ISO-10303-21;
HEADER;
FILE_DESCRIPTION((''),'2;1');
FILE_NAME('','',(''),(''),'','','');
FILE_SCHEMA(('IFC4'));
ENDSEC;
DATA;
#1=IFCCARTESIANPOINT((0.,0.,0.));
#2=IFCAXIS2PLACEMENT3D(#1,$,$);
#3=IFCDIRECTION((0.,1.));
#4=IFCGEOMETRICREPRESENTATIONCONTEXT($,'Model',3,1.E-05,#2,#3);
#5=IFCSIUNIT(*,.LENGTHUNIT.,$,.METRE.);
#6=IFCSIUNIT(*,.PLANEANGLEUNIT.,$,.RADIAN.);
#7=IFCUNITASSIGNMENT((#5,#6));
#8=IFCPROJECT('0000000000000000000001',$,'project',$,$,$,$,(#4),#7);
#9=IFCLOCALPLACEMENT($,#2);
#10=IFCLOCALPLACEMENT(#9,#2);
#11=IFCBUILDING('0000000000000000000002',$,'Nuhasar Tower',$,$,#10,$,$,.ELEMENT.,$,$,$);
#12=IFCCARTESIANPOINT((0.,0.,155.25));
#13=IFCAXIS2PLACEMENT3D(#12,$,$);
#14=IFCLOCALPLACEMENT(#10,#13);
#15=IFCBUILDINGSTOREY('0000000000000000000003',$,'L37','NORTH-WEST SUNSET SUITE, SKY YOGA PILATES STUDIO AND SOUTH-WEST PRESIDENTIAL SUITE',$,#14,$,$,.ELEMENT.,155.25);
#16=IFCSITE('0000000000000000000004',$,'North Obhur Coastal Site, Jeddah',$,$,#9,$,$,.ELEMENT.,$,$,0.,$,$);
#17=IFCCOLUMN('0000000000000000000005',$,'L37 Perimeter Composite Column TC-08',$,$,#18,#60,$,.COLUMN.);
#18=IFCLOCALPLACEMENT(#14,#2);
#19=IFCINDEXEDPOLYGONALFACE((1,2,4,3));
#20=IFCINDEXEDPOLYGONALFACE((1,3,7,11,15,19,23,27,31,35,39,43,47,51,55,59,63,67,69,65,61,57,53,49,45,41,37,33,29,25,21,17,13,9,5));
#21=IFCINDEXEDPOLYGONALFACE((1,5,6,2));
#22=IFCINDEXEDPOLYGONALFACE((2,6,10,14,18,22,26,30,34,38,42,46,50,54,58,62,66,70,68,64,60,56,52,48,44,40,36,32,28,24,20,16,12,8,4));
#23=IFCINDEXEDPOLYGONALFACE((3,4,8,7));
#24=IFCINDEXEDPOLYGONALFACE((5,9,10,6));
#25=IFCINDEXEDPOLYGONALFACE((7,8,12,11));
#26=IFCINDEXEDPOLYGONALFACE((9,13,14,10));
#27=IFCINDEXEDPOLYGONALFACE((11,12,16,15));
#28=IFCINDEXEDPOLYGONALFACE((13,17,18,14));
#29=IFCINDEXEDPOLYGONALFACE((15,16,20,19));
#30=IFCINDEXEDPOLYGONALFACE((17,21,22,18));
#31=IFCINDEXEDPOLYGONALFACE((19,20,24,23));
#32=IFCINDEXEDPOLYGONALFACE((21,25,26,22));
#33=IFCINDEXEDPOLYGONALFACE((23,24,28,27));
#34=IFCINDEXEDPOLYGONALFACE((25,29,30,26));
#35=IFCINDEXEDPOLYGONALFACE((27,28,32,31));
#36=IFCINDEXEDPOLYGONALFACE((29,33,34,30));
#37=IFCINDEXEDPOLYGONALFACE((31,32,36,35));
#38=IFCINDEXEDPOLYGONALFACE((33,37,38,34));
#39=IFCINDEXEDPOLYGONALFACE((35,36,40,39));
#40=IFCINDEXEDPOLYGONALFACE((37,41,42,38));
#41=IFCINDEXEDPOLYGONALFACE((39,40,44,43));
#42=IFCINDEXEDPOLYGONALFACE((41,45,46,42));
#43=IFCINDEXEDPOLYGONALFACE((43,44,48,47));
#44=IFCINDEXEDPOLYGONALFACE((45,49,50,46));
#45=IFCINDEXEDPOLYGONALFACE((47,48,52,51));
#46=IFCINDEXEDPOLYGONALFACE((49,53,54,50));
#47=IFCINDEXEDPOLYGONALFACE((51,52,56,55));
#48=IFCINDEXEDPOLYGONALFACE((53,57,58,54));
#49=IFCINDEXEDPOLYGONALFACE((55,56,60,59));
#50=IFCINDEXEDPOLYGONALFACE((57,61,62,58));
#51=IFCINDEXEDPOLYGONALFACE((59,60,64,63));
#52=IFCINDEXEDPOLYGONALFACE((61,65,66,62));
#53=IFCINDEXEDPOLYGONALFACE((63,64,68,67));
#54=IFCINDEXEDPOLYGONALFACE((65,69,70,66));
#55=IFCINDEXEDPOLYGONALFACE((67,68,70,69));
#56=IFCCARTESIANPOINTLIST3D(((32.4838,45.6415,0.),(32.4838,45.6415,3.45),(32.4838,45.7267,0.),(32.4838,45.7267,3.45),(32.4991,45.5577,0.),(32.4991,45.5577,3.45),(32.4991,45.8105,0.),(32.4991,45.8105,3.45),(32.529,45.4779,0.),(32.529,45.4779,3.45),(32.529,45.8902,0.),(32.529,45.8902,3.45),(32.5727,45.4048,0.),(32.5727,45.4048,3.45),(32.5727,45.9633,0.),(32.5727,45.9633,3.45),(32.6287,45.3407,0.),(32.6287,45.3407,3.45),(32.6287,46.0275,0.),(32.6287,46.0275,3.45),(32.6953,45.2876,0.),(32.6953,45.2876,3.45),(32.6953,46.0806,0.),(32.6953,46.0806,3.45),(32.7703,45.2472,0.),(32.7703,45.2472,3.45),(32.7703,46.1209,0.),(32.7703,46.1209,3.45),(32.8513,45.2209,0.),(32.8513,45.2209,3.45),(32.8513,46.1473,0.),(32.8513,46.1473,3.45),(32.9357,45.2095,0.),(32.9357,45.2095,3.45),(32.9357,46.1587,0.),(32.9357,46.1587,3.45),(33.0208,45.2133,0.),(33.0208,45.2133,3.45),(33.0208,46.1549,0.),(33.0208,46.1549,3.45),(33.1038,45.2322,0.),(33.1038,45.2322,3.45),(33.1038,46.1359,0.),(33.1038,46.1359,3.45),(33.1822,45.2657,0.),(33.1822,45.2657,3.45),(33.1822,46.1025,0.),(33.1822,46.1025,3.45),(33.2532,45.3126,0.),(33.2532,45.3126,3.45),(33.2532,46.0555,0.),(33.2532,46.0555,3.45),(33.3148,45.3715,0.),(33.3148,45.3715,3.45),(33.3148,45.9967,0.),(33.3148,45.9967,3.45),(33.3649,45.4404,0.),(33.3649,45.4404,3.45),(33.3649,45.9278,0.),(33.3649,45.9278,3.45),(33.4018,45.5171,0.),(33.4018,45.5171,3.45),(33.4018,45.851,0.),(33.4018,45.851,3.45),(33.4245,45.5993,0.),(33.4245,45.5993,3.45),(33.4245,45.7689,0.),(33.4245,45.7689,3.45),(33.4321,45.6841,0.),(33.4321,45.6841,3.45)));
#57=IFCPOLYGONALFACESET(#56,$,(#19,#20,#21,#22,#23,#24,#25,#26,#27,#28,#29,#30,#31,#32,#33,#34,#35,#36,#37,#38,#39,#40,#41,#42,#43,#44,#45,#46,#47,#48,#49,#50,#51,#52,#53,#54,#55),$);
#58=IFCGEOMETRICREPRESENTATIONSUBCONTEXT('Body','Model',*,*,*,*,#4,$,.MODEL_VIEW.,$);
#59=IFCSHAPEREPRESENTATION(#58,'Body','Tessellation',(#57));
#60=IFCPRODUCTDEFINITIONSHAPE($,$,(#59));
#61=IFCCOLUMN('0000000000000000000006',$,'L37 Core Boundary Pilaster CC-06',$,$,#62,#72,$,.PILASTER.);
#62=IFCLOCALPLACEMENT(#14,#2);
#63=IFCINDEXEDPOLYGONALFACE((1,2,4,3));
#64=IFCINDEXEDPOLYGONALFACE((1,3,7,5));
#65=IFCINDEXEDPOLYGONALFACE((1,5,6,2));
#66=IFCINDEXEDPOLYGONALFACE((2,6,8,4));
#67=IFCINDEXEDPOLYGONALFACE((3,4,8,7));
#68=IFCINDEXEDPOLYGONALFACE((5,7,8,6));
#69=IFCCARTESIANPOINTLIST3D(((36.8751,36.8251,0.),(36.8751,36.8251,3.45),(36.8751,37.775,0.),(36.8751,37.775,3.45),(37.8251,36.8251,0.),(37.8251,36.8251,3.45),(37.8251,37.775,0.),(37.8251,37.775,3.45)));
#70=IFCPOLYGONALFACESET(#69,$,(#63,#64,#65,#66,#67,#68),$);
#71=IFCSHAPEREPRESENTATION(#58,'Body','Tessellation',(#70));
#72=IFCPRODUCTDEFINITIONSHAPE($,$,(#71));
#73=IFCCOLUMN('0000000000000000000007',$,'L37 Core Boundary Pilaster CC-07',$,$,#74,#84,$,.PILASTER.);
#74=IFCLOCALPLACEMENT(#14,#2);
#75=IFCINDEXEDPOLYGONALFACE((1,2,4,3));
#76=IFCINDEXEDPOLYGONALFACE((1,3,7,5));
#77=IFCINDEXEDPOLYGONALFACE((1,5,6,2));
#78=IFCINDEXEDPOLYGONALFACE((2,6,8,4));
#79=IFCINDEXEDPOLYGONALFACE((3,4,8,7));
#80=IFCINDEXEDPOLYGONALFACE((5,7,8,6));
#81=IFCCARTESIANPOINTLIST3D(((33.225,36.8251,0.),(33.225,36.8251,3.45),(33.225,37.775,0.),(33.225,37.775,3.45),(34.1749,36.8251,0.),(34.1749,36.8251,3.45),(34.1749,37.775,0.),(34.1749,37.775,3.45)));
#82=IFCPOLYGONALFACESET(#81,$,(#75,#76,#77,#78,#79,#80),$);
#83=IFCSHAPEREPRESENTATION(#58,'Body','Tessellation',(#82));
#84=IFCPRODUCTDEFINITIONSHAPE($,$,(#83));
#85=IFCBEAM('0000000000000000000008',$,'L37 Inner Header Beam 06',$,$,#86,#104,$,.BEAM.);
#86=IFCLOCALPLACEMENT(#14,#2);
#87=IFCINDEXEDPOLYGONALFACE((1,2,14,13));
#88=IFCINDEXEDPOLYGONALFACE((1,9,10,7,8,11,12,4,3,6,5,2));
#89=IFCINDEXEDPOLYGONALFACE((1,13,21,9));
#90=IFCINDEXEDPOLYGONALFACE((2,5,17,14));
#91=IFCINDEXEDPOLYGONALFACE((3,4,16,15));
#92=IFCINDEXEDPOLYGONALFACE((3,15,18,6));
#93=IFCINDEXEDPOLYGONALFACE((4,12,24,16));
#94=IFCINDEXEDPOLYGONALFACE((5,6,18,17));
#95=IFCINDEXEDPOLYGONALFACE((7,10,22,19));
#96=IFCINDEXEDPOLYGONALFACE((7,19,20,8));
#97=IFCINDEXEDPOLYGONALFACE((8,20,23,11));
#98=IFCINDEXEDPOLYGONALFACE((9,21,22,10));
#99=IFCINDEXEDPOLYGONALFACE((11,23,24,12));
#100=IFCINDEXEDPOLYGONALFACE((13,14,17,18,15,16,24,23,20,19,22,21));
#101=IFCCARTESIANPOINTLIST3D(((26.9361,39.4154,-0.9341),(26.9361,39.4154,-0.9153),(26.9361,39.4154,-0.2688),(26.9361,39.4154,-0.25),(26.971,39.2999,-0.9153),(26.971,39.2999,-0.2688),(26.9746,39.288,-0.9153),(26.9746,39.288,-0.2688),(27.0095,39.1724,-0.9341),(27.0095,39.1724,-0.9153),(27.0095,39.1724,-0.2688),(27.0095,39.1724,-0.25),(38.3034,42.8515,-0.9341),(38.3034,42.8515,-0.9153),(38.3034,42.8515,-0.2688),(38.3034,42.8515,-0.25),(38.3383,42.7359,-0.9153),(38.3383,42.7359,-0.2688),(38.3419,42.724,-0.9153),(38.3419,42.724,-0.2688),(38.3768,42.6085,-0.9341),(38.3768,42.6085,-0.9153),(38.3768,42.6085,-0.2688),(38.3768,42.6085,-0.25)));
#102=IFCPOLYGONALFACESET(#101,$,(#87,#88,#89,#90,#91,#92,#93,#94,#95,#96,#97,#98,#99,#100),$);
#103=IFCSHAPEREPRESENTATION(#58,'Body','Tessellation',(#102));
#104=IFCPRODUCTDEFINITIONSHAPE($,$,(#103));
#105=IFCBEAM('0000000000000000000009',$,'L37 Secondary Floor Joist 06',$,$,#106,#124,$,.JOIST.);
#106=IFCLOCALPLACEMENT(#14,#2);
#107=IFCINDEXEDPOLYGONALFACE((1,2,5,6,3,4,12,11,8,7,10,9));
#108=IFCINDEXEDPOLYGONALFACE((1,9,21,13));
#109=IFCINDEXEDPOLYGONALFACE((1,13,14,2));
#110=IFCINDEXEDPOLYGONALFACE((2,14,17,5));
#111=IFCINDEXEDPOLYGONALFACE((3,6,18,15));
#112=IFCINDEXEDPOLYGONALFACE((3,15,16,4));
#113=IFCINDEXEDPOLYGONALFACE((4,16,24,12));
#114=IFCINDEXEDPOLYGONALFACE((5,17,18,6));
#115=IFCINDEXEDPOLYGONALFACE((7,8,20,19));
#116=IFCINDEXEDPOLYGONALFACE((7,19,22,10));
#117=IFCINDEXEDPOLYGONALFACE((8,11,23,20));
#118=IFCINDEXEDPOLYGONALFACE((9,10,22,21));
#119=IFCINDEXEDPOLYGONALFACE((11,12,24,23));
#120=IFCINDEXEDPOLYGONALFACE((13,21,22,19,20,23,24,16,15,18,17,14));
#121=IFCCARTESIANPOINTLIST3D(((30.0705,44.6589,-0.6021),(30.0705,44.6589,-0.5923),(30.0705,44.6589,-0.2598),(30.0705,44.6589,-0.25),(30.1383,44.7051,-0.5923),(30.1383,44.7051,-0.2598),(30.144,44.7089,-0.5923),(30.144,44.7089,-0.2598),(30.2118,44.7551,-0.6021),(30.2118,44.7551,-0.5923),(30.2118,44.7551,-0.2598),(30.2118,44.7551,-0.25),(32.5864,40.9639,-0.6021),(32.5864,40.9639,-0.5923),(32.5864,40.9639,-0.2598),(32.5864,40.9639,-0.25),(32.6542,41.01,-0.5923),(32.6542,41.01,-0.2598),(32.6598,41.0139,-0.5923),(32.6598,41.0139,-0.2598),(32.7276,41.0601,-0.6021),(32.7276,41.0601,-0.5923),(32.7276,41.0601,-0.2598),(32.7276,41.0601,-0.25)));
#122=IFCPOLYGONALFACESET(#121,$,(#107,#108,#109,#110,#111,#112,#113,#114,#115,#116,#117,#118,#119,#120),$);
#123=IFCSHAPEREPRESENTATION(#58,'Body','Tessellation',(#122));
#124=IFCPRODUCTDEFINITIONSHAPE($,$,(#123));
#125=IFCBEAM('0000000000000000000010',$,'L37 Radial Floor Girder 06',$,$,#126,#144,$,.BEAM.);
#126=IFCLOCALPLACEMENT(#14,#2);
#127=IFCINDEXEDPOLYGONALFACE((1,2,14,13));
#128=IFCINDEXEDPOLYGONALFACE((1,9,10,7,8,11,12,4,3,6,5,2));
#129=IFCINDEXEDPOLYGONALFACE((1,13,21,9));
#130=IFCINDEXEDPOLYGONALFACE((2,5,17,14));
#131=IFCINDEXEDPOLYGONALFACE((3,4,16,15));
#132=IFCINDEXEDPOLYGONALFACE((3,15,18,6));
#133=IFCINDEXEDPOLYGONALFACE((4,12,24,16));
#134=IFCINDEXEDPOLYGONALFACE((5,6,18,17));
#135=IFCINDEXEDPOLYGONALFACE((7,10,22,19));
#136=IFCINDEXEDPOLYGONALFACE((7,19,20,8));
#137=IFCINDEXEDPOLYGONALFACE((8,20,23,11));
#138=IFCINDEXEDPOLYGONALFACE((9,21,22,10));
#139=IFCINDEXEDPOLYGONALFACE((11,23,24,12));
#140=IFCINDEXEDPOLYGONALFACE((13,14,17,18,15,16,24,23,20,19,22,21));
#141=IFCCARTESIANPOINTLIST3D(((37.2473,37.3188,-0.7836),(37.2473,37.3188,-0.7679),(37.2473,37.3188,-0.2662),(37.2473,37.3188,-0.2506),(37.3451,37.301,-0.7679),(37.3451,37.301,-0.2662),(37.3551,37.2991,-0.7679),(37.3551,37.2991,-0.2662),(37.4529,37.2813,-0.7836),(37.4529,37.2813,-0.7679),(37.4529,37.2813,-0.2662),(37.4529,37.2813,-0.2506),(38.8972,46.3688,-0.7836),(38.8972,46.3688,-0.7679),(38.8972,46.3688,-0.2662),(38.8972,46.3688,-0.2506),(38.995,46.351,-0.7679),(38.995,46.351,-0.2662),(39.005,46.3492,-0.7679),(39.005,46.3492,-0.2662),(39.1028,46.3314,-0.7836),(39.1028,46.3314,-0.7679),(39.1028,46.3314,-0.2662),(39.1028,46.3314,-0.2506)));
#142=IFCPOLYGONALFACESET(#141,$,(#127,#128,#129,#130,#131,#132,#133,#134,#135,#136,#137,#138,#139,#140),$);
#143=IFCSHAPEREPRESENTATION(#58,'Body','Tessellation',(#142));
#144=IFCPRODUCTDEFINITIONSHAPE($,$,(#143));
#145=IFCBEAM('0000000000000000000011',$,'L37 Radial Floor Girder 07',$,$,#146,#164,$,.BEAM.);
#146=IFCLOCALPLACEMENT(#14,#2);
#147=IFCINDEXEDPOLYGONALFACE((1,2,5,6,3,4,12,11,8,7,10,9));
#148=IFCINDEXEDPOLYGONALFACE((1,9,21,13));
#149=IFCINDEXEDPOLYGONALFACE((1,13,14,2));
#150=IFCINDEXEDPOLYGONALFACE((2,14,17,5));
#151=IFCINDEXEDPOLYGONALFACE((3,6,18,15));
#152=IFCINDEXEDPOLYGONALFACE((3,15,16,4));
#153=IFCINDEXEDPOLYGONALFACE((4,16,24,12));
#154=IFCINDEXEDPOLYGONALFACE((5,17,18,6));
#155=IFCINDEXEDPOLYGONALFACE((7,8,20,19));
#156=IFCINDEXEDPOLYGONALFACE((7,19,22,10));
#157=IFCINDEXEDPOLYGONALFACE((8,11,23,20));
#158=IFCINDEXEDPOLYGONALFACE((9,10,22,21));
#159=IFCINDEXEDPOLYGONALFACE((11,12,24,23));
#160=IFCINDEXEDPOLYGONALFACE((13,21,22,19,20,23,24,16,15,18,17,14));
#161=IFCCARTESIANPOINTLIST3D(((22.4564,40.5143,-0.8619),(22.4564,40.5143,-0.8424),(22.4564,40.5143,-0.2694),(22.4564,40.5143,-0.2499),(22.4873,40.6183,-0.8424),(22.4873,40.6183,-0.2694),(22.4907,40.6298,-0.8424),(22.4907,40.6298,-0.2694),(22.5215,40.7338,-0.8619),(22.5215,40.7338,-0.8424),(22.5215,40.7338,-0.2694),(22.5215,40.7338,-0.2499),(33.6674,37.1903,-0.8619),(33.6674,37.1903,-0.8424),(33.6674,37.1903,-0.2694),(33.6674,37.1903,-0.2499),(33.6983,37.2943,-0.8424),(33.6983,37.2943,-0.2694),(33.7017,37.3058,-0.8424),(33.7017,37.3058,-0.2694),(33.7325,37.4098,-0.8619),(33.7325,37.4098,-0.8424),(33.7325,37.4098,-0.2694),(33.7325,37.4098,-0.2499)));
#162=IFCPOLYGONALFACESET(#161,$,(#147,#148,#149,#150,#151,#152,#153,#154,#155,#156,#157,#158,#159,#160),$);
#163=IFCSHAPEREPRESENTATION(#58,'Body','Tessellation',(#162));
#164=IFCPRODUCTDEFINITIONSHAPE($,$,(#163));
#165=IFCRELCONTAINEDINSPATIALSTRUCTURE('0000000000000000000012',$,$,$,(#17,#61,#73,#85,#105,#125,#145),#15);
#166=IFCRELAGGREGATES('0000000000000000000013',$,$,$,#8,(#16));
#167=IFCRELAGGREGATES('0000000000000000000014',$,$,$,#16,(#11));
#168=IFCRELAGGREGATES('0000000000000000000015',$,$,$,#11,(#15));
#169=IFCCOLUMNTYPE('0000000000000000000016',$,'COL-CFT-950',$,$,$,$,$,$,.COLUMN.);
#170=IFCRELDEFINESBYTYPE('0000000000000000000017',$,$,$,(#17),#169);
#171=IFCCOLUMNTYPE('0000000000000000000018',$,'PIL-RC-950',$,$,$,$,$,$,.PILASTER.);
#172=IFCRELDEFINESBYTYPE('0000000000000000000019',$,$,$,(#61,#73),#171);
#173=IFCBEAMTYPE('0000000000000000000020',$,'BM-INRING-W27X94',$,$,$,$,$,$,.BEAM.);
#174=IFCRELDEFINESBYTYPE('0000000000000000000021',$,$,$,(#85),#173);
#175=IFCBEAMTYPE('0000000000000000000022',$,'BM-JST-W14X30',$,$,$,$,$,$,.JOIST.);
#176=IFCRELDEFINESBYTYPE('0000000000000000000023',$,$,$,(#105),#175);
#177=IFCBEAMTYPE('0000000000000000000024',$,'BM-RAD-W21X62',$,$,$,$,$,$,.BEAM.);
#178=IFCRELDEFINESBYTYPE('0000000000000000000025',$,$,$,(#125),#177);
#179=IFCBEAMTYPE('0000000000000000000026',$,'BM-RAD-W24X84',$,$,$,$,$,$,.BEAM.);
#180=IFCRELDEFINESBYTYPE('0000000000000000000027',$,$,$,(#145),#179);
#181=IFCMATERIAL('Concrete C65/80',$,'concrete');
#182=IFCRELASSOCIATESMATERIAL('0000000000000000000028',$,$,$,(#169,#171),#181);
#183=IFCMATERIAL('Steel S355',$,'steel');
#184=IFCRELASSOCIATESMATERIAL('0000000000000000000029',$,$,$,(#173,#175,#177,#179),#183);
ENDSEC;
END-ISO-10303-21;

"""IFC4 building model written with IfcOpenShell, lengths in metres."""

from ifc_helpers import new_model, si_unit, direction, frame, origin, origin_2d, place, context, subcontext, project, spatial, rectangle, circle, i_section, extrude, material, material_profile, profile_set, type_object, element, save


model = new_model("IFC4")

# Units and contexts
model_context = context("Model", 3, precision=1e-05, world=origin(), true_north=direction((0.0, 1.0)))
body_context = subcontext(model_context, "Body", "Model", "MODEL_VIEW")
ifc_project = project(units=[si_unit("LENGTHUNIT", "METRE"), si_unit("PLANEANGLEUNIT", "RADIAN")], contexts=[model_context])

# Site, building, storey
site_placement = place(None, origin())
site = spatial("IfcSite", under=ifc_project, at=site_placement, Name="North Obhur Coastal Site, Jeddah", CompositionType="ELEMENT", RefElevation=0.0)
building_placement = place(site_placement, origin())
building = spatial("IfcBuilding", under=site, at=building_placement, Name="Nuhasar Tower", CompositionType="ELEMENT")
storey_placement = place(building_placement, frame((0.0, 0.0, 155.25)))
storey = spatial("IfcBuildingStorey", under=building, at=storey_placement, Name="L37", Description="NORTH-WEST SUNSET SUITE, SKY YOGA PILATES STUDIO AND SOUTH-WEST PRESIDENTIAL SUITE", CompositionType="ELEMENT", Elevation=155.25)

# Columns
ifc_material_1 = material(Name="Concrete C65/80", Category="concrete")
ifc_material_profile_1 = material_profile(ifc_material_1, circle(Radius=0.4751, at=origin_2d()), Name="CFT950")
ifc_profile_set_1 = profile_set([ifc_material_profile_1], Name="Concrete C65/80")
column_type_1 = type_object("IfcColumnType", Name="COL-CFT-950", PredefinedType="COLUMN", material=ifc_profile_set_1)
column_placement = place(storey_placement, frame((32.957, 45.6841, 0.0), z_axis=(0.0, 0.0, 1.0), x_axis=(1.0, 0.0, 0.0)))
element("IfcColumn", 1, at=column_placement, inside=storey, type_object=column_type_1, Name="L37 Perimeter Composite Column TC-08", PredefinedType="COLUMN", context=body_context, shape_type="SweptSolid", body=[
    extrude(circle(Radius=0.4751, at=origin_2d()), origin(), (0.0, 0.0, 1.0), 3.45),
])
ifc_material_profile_2 = material_profile(ifc_material_1, rectangle(XDim=0.95, YDim=0.95, at=origin_2d()), Name="RC950X950")
ifc_profile_set_2 = profile_set([ifc_material_profile_2], Name="Concrete C65/80")
column_type_2 = type_object("IfcColumnType", Name="PIL-RC-950", PredefinedType="PILASTER", material=ifc_profile_set_2)
for number, where, z_axis, x_axis, name in (
    (2, (37.3501, 37.3, 0.0), (0.0, 0.0, 1.0), (1.0, 0.0, 0.0), "L37 Core Boundary Pilaster CC-06"),
    (3, (33.7, 37.3, 0.0), (0.0, 0.0, 1.0), (1.0, 0.0, 0.0), "L37 Core Boundary Pilaster CC-07"),
):
    element("IfcColumn", number, at=place(storey_placement, frame(where, z_axis=z_axis, x_axis=x_axis)), inside=storey, type_object=column_type_2, Name=name, PredefinedType="PILASTER", context=body_context, shape_type="SweptSolid", body=[
        extrude(rectangle(XDim=0.95, YDim=0.95, at=origin_2d()), origin(), (0.0, 0.0, 1.0), 3.45),
    ])

# Beams
ifc_material_2 = material(Name="Steel S355", Category="steel")
ifc_material_profile_3 = material_profile(ifc_material_2, i_section(OverallWidth=0.2539, OverallDepth=0.6841, WebThickness=0.0125, FlangeThickness=0.0188, at=origin_2d()), Name="W27X94")
ifc_profile_set_3 = profile_set([ifc_material_profile_3], Name="Steel S355")
beam_type_1 = type_object("IfcBeamType", Name="BM-INRING-W27X94", PredefinedType="BEAM", material=ifc_profile_set_3)
beam_1_placement = place(storey_placement, frame((38.3401, 42.73, -0.592), z_axis=(-0.957224, -0.289347, 0.0), x_axis=(0.289347, -0.957224, 0.0)))
element("IfcBeam", 4, at=beam_1_placement, inside=storey, type_object=beam_type_1, Name="L37 Inner Header Beam 06", PredefinedType="BEAM", context=body_context, shape_type="SweptSolid", body=[
    extrude(i_section(OverallWidth=0.2539, OverallDepth=0.6841, WebThickness=0.0125, FlangeThickness=0.0188, at=origin_2d()), origin(), (0.0, 0.0, 1.0), 11.8752),
])
ifc_material_profile_4 = material_profile(ifc_material_2, i_section(OverallWidth=0.1709, OverallDepth=0.3521, WebThickness=0.0068, FlangeThickness=0.0098, at=origin_2d()), Name="W14X30")
ifc_profile_set_4 = profile_set([ifc_material_profile_4], Name="Steel S355")
beam_type_2 = type_object("IfcBeamType", Name="BM-JST-W14X30", PredefinedType="JOIST", material=ifc_profile_set_4)
beam_2_placement = place(storey_placement, frame((32.657, 41.012, -0.426), z_axis=(-0.562803, 0.826591, 0.0), x_axis=(-0.826591, -0.562803, 0.0)))
element("IfcBeam", 5, at=beam_2_placement, inside=storey, type_object=beam_type_2, Name="L37 Secondary Floor Joist 06", PredefinedType="JOIST", context=body_context, shape_type="SweptSolid", body=[
    extrude(i_section(OverallWidth=0.1709, OverallDepth=0.3521, WebThickness=0.0068, FlangeThickness=0.0098, at=origin_2d()), origin(), (0.0, 0.0, 1.0), 4.4702),
])
ifc_material_profile_5 = material_profile(ifc_material_2, i_section(OverallWidth=0.209, OverallDepth=0.533, WebThickness=0.0103, FlangeThickness=0.0156, at=origin_2d()), Name="W21X62")
ifc_profile_set_5 = profile_set([ifc_material_profile_5], Name="Steel S355")
beam_type_3 = type_object("IfcBeamType", Name="BM-RAD-W21X62", PredefinedType="BEAM", material=ifc_profile_set_5)
beam_3_placement = place(storey_placement, frame((37.3501, 37.3, -0.5171), z_axis=(0.179353, 0.983785, 0.0), x_axis=(-0.983785, 0.179353, 0.0)))
element("IfcBeam", 6, at=beam_3_placement, inside=storey, type_object=beam_type_3, Name="L37 Radial Floor Girder 06", PredefinedType="BEAM", context=body_context, shape_type="SweptSolid", body=[
    extrude(i_section(OverallWidth=0.209, OverallDepth=0.533, WebThickness=0.0103, FlangeThickness=0.0156, at=origin_2d()), origin(), (0.0, 0.0, 1.0), 9.1992),
])
ifc_material_profile_6 = material_profile(ifc_material_2, i_section(OverallWidth=0.229, OverallDepth=0.6121, WebThickness=0.012, FlangeThickness=0.0195, at=origin_2d()), Name="W24X84")
ifc_profile_set_6 = profile_set([ifc_material_profile_6], Name="Steel S355")
beam_type_4 = type_object("IfcBeamType", Name="BM-RAD-W24X84", PredefinedType="BEAM", material=ifc_profile_set_6)
beam_4_placement = place(storey_placement, frame((33.7, 37.3, -0.5559), z_axis=(-0.958746, 0.284262, 0.0), x_axis=(-0.284262, -0.958746, 0.0)))
element("IfcBeam", 7, at=beam_4_placement, inside=storey, type_object=beam_type_4, Name="L37 Radial Floor Girder 07", PredefinedType="BEAM", context=body_context, shape_type="SweptSolid", body=[
    extrude(i_section(OverallWidth=0.229, OverallDepth=0.6121, WebThickness=0.012, FlangeThickness=0.0195, at=origin_2d()), origin(), (0.0, 0.0, 1.0), 11.6934),
])

save(model, "model.ifc")
